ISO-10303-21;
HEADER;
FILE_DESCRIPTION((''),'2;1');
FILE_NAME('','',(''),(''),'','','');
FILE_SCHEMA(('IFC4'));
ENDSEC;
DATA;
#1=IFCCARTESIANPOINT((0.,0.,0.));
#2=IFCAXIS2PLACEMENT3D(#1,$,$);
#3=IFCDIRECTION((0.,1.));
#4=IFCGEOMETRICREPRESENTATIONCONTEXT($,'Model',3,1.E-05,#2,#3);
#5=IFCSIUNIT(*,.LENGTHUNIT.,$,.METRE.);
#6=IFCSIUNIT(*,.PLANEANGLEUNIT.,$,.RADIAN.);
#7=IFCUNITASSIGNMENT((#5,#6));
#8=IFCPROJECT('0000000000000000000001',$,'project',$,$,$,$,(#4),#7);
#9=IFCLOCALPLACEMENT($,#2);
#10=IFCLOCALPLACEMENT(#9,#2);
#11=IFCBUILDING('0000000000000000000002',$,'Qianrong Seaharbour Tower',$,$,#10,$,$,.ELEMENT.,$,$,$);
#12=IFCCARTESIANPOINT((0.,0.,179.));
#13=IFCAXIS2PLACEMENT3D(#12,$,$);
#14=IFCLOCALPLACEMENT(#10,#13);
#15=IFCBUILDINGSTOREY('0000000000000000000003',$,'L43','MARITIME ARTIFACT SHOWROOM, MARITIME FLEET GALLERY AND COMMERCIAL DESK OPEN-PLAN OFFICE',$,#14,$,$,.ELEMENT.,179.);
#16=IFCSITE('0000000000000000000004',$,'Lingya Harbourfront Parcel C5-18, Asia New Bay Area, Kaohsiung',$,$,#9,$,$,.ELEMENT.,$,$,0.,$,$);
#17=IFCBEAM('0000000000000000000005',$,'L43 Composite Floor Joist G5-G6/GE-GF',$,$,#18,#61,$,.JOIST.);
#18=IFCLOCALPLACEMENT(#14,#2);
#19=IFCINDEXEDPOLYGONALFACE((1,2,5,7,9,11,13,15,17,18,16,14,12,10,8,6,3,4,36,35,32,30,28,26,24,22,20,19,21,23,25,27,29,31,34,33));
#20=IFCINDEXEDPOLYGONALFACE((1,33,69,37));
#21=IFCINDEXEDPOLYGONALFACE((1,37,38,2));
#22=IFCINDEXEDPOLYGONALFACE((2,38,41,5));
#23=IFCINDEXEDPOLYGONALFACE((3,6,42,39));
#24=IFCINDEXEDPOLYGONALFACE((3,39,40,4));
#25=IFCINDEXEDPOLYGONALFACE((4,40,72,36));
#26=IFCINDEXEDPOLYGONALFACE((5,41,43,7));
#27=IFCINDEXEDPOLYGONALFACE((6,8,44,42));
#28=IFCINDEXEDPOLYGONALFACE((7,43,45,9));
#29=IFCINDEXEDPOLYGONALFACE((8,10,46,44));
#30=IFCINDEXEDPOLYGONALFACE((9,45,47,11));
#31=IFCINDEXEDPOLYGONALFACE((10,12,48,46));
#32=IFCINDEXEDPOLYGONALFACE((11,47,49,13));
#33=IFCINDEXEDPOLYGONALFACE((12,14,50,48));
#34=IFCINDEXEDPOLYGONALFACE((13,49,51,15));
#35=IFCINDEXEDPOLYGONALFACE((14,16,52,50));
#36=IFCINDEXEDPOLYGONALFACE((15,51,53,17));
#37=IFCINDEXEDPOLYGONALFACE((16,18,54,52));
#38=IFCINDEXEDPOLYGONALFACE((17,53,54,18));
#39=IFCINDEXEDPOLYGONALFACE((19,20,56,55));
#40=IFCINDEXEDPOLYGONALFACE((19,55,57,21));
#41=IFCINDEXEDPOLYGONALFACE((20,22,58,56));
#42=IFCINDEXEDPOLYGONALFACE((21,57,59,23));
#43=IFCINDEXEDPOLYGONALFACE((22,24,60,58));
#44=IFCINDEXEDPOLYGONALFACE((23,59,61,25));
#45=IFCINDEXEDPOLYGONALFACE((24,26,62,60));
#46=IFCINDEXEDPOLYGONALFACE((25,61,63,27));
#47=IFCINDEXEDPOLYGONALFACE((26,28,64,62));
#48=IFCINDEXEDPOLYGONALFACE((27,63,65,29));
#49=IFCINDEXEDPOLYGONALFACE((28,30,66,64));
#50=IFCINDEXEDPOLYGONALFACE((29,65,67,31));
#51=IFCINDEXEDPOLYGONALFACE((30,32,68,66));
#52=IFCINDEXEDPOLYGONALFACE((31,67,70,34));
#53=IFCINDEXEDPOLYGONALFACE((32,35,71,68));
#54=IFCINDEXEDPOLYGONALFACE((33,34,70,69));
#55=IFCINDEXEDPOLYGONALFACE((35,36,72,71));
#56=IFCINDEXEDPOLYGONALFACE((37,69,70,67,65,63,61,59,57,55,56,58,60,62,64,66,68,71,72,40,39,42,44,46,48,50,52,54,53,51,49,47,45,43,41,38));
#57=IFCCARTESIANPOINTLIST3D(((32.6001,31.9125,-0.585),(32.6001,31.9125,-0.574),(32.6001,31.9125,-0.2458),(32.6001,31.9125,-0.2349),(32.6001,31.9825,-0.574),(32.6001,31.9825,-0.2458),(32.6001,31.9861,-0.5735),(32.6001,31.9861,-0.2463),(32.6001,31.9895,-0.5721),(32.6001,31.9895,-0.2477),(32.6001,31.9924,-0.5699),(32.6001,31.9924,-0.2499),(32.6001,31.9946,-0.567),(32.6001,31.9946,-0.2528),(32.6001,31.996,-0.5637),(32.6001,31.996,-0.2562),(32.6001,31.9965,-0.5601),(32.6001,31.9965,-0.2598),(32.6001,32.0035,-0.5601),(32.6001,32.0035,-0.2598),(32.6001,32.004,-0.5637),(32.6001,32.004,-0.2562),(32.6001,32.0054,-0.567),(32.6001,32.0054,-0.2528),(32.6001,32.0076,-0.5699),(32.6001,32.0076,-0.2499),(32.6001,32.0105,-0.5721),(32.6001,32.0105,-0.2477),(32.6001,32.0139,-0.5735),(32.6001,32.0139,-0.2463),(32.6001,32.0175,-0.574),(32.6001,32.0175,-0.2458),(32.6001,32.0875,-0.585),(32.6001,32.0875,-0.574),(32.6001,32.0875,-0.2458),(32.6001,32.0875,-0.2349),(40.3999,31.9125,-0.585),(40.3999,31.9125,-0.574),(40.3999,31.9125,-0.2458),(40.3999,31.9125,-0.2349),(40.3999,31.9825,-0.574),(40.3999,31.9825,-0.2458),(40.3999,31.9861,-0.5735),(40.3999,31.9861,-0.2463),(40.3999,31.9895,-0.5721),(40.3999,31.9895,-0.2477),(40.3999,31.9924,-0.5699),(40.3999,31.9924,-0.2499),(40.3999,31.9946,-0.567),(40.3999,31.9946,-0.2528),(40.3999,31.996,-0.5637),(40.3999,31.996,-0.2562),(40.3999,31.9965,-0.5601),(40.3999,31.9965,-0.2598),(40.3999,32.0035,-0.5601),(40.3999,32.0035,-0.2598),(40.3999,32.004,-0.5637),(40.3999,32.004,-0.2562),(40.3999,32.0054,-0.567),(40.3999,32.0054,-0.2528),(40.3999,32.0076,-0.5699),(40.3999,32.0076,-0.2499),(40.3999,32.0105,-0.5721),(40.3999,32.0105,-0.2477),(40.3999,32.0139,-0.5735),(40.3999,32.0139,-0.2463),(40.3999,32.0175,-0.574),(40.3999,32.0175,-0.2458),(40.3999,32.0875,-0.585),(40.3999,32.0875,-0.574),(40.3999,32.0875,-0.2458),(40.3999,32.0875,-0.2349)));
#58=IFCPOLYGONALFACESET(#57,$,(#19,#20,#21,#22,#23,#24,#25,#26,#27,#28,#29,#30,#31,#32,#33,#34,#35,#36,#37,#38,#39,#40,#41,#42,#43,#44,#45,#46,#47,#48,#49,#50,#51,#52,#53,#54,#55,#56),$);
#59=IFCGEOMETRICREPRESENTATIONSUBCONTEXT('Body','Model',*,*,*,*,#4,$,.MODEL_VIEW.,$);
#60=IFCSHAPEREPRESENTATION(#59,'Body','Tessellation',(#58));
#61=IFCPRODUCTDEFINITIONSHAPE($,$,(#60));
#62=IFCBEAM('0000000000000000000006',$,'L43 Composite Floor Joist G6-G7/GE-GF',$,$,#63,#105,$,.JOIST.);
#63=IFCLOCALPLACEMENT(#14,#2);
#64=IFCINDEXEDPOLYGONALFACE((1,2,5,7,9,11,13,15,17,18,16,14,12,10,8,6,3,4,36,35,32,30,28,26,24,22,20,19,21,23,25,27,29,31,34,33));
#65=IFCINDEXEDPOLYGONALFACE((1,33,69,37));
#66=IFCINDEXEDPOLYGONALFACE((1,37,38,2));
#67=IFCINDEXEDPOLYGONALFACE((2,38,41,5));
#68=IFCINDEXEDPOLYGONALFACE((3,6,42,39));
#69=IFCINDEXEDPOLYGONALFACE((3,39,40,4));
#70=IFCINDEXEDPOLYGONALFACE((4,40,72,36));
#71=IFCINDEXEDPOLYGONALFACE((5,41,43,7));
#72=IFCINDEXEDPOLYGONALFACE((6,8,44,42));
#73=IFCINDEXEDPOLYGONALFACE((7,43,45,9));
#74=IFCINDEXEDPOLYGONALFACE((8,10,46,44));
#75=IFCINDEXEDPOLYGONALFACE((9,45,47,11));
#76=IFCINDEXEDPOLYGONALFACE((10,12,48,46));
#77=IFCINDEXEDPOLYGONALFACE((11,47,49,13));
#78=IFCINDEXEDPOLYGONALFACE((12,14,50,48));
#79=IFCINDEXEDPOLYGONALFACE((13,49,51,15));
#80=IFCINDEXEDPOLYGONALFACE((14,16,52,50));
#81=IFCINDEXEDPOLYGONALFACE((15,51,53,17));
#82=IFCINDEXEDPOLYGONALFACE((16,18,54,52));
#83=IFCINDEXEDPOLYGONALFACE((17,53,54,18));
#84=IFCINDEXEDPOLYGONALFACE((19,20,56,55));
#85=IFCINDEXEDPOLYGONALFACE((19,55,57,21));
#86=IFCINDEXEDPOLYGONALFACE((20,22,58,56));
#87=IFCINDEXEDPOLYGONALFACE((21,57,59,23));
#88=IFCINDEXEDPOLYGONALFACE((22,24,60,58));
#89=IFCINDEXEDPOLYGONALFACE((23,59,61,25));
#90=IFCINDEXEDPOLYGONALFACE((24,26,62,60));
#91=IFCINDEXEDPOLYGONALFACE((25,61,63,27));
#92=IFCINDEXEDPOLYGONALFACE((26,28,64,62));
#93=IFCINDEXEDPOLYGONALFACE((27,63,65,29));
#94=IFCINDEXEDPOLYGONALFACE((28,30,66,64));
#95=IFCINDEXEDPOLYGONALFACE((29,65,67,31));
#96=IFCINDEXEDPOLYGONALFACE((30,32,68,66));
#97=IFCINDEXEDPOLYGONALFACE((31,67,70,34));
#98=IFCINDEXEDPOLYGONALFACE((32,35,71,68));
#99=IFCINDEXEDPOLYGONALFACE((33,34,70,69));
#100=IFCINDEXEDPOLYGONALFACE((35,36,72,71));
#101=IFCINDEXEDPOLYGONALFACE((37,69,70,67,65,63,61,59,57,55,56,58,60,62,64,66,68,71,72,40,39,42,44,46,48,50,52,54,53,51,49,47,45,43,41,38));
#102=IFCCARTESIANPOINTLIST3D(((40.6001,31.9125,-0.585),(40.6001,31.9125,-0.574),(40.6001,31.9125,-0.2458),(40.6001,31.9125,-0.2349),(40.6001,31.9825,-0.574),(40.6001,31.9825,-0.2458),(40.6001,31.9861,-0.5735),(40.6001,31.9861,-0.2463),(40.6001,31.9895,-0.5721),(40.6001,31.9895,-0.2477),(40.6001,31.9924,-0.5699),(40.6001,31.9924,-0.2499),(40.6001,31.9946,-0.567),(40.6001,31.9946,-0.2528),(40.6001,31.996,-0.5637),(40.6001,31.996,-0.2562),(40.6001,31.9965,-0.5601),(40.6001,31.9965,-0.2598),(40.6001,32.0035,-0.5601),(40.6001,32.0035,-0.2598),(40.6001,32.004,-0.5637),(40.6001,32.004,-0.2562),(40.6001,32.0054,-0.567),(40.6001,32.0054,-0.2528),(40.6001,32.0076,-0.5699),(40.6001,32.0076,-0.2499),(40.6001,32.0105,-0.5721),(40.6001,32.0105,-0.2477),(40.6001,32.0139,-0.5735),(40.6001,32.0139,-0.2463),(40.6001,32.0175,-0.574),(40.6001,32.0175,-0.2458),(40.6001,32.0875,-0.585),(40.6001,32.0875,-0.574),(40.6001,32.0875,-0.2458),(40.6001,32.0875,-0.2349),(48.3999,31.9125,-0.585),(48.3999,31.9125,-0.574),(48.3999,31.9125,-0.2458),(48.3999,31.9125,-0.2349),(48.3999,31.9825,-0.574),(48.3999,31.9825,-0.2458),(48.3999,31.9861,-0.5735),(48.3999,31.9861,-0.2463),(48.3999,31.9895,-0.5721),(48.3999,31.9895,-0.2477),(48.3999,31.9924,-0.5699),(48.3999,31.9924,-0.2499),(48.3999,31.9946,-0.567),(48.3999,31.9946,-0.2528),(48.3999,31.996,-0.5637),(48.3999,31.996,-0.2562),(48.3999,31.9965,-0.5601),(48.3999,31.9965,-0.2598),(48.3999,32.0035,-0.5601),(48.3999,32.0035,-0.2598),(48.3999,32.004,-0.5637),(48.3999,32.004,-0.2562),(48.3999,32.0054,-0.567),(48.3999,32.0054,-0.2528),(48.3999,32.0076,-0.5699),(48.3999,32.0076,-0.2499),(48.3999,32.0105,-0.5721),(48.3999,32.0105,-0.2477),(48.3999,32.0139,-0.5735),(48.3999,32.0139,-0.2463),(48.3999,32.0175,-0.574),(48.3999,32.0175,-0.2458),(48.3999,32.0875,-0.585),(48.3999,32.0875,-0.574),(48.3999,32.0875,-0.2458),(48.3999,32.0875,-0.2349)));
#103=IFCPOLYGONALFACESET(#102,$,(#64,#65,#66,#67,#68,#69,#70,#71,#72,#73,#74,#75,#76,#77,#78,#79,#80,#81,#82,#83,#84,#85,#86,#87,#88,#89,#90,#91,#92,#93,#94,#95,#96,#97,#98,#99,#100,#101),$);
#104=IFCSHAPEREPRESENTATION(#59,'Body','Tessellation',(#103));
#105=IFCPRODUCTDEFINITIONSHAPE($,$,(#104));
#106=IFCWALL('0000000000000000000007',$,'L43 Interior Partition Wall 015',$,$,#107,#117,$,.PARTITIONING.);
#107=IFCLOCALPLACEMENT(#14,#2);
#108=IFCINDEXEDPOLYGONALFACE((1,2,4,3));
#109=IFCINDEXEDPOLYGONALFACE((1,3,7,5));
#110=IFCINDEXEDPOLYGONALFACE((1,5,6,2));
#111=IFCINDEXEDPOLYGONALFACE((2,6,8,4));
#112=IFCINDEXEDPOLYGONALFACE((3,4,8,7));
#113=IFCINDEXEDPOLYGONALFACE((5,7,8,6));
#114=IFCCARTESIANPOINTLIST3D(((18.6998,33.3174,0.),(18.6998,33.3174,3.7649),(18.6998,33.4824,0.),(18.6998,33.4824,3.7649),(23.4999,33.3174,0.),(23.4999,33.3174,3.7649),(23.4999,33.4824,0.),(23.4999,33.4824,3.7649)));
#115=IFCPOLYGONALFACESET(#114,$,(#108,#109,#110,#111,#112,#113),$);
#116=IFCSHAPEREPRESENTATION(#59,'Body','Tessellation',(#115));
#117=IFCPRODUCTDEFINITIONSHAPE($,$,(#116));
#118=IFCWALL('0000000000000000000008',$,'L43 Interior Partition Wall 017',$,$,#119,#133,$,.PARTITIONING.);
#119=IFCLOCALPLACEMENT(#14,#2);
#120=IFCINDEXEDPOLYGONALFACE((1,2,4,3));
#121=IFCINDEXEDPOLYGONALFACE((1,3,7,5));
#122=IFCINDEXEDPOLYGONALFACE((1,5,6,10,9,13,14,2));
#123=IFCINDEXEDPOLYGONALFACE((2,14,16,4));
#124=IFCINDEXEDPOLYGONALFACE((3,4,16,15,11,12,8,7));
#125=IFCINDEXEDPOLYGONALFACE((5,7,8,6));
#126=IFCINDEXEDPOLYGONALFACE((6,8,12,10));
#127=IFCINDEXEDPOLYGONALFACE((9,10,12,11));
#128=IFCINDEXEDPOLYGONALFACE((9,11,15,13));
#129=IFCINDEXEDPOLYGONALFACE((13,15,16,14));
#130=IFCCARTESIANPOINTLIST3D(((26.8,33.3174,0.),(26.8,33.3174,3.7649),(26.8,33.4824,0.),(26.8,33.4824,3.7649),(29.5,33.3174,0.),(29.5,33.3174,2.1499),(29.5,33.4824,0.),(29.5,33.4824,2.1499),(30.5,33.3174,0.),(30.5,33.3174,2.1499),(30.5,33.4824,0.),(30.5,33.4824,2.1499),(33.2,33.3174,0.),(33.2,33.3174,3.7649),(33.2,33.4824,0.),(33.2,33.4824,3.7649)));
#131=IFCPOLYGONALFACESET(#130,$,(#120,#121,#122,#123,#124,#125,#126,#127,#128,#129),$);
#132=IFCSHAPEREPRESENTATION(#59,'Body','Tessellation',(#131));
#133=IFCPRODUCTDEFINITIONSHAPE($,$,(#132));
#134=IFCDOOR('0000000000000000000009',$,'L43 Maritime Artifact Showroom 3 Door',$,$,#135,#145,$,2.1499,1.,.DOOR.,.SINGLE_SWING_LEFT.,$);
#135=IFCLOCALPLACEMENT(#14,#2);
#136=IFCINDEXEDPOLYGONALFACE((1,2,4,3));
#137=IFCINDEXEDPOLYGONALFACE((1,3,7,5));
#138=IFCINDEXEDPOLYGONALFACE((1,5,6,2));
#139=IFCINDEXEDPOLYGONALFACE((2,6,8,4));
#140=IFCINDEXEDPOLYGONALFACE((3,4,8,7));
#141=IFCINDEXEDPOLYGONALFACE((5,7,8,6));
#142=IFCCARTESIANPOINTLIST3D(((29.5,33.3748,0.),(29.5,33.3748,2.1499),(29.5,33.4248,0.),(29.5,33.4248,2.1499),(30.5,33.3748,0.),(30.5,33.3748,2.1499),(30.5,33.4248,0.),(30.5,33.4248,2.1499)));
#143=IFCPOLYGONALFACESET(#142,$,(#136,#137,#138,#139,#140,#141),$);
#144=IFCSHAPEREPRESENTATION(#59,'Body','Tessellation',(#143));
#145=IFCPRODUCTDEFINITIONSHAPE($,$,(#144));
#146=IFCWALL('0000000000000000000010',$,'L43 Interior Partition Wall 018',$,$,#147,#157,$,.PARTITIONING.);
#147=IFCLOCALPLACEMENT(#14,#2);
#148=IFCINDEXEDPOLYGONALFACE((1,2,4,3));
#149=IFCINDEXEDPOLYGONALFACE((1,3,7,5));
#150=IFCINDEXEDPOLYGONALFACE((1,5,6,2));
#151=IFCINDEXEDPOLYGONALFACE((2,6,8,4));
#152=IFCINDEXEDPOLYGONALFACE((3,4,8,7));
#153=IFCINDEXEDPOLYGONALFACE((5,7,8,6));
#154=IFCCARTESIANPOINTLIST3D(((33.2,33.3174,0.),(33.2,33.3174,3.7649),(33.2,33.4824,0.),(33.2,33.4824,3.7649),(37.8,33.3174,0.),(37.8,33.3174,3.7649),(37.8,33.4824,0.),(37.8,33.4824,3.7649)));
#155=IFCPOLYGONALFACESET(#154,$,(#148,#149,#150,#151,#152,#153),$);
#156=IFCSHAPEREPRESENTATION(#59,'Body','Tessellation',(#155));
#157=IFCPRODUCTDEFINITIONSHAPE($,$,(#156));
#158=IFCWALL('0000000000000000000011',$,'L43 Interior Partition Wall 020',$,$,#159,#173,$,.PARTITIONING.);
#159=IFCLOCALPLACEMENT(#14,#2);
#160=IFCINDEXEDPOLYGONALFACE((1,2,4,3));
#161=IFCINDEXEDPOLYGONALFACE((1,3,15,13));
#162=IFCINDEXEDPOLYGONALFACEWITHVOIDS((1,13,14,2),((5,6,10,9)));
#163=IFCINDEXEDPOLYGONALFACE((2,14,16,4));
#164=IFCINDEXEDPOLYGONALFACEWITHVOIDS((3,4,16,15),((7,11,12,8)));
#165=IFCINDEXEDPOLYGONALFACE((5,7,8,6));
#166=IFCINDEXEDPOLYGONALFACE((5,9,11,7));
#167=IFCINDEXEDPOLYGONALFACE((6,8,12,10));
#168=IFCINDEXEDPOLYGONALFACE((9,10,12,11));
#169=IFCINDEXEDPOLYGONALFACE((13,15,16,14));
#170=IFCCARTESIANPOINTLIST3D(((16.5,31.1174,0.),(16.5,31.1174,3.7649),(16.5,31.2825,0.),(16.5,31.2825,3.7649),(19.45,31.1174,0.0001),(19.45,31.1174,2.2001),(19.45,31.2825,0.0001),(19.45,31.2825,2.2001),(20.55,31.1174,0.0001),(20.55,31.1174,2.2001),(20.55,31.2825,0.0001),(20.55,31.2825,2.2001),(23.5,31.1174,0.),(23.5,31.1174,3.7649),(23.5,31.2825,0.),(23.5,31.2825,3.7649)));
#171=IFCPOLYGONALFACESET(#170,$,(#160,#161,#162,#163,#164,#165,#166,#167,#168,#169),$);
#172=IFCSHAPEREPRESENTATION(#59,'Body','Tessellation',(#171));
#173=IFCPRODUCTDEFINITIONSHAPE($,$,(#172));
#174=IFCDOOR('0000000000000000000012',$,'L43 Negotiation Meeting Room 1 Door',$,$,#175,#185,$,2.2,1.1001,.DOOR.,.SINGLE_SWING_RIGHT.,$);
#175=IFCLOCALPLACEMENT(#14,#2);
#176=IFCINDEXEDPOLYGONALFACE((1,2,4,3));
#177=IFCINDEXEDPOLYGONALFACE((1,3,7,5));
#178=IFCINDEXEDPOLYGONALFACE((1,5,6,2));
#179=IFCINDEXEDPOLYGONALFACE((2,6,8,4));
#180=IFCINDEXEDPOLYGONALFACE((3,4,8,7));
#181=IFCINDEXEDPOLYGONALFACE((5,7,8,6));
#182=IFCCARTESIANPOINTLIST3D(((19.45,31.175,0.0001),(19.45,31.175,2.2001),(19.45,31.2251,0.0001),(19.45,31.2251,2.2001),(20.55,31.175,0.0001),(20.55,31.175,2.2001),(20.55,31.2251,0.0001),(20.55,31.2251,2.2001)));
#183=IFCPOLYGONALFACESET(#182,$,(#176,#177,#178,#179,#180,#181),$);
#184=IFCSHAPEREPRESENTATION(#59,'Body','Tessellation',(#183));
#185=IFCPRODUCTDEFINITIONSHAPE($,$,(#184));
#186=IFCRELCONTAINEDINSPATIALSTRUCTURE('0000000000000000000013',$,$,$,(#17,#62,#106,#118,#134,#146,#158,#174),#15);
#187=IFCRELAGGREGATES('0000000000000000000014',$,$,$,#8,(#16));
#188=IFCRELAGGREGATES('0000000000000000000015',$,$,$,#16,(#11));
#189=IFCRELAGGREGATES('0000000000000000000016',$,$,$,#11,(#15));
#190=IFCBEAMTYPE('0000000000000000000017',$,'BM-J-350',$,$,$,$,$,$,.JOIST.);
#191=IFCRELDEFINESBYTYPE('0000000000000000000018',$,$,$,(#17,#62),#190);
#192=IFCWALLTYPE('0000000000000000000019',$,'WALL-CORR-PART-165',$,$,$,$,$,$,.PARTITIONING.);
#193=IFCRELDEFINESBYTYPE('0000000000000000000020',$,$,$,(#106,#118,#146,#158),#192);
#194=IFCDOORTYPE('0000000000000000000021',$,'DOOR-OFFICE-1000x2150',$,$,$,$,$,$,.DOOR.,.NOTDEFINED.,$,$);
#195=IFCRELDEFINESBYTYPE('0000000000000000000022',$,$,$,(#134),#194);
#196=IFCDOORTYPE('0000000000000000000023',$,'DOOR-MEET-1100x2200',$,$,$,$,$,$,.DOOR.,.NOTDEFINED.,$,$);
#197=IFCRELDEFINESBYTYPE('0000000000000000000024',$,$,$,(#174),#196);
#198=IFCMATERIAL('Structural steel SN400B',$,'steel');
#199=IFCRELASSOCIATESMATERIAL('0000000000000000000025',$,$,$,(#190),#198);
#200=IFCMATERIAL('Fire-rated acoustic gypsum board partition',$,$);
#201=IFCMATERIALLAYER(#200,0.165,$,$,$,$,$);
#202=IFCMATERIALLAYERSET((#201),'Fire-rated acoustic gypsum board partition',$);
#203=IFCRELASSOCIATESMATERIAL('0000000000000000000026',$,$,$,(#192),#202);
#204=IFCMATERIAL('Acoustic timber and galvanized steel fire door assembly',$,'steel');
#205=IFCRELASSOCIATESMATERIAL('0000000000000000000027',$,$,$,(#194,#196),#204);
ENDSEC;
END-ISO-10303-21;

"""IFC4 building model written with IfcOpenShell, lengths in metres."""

from ifc_helpers import new_model, si_unit, direction, frame, frame_2d, origin, origin_2d, place, context, subcontext, project, spatial, rectangle, i_section, extrude, material, layer, layer_set, material_profile, profile_set, type_object, element, fill, save


model = new_model("IFC4")

# Units and contexts
model_context = context("Model", 3, precision=1e-05, world=origin(), true_north=direction((0.0, 1.0)))
body_context = subcontext(model_context, "Body", "Model", "MODEL_VIEW")
ifc_project = project(units=[si_unit("LENGTHUNIT", "METRE"), si_unit("PLANEANGLEUNIT", "RADIAN")], contexts=[model_context])

# Site, building, storey
site_placement = place(None, origin())
site = spatial("IfcSite", under=ifc_project, at=site_placement, Name="Lingya Harbourfront Parcel C5-18, Asia New Bay Area, Kaohsiung", CompositionType="ELEMENT", RefElevation=0.0)
building_placement = place(site_placement, origin())
building = spatial("IfcBuilding", under=site, at=building_placement, Name="Qianrong Seaharbour Tower", CompositionType="ELEMENT")
storey_placement = place(building_placement, frame((0.0, 0.0, 179.0)))
storey = spatial("IfcBuildingStorey", under=building, at=storey_placement, Name="L43", Description="MARITIME ARTIFACT SHOWROOM, MARITIME FLEET GALLERY AND COMMERCIAL DESK OPEN-PLAN OFFICE", CompositionType="ELEMENT", Elevation=179.0)

# Beams
ifc_material_1 = material(Name="Structural steel SN400B", Category="steel")
ifc_material_profile_1 = material_profile(ifc_material_1, i_section(OverallWidth=0.175, OverallDepth=0.3501, WebThickness=0.0071, FlangeThickness=0.011, FilletRadius=0.0139, at=origin_2d()), Name="H350x175x7x11")
ifc_profile_set_1 = profile_set([ifc_material_profile_1], Name="Structural steel SN400B")
beam_type_1 = type_object("IfcBeamType", Name="BM-J-350", PredefinedType="JOIST", material=ifc_profile_set_1)
for number, where, z_axis, x_axis, name in (
    (1, (32.6001, 32.0, -0.4099), (1.0, 0.0, 0.0), (0.0, 1.0, 0.0), "L43 Composite Floor Joist G5-G6/GE-GF"),
    (2, (40.6001, 32.0, -0.4099), (1.0, 0.0, 0.0), (0.0, 1.0, 0.0), "L43 Composite Floor Joist G6-G7/GE-GF"),
):
    element("IfcBeam", number, at=place(storey_placement, frame(where, z_axis=z_axis, x_axis=x_axis)), inside=storey, type_object=beam_type_1, Name=name, PredefinedType="JOIST", context=body_context, shape_type="SweptSolid", body=[
        extrude(i_section(OverallWidth=0.175, OverallDepth=0.3501, WebThickness=0.0071, FlangeThickness=0.011, FilletRadius=0.0139, at=origin_2d()), origin(), (0.0, 0.0, 1.0), 7.7998),
    ])

# Wall
ifc_material_2 = material(Name="Fire-rated acoustic gypsum board partition")
ifc_layer_1 = layer(ifc_material_2, 0.165)
ifc_layer_set_1 = layer_set([ifc_layer_1], Name="Fire-rated acoustic gypsum board partition")
wall_type_1 = type_object("IfcWallType", Name="WALL-CORR-PART-165", PredefinedType="PARTITIONING", material=ifc_layer_set_1)
wall_1_placement = place(storey_placement, frame((18.7, 33.3999, 0.0), z_axis=(0.0, 0.0, 1.0), x_axis=(1.0, 0.0, 0.0)))
element("IfcWall", 3, at=wall_1_placement, inside=storey, type_object=wall_type_1, Name="L43 Interior Partition Wall 015", PredefinedType="PARTITIONING", context=body_context, shape_type="SweptSolid", body=[
    extrude(rectangle(XDim=4.8, YDim=0.165, at=frame_2d((2.3999, 0.0))), origin(), (0.0, 0.0, 1.0), 3.7649),
])

# Wall, opening, door
ifc_material_3 = material(Name="Acoustic timber and galvanized steel fire door assembly", Category="steel")
door_type_1 = type_object("IfcDoorType", Name="DOOR-OFFICE-1000x2150", OperationType="NOTDEFINED", PredefinedType="DOOR", material=ifc_material_3)
wall_2_placement = place(storey_placement, frame((26.8, 33.3999, 0.0), z_axis=(0.0, 0.0, 1.0), x_axis=(1.0, 0.0, 0.0)))
wall_2 = element("IfcWall", 4, at=wall_2_placement, inside=storey, type_object=wall_type_1, Name="L43 Interior Partition Wall 017", PredefinedType="PARTITIONING", context=body_context, shape_type="SweptSolid", body=[
    extrude(rectangle(XDim=6.3999, YDim=0.165, at=frame_2d((3.2, 0.0))), origin(), (0.0, 0.0, 1.0), 3.7649),
])
opening_1_placement = place(wall_2_placement, frame((2.7, 0.0, 0.0)))
opening_1 = element("IfcOpeningElement", 5, at=opening_1_placement, cuts=wall_2, PredefinedType="OPENING", context=body_context, shape_type="SweptSolid", body=[
    extrude(rectangle(XDim=1.0, YDim=2.1499, at=frame_2d((0.5, 1.075))), frame((0.0, 0.0925, 0.0), z_axis=(0.0, -1.0, 0.0), x_axis=(1.0, 0.0, 0.0)), (0.0, 0.0, 1.0), 0.1851),
])
door_1_placement = place(opening_1_placement, origin())
door_1 = element("IfcDoor", 6, at=door_1_placement, inside=storey, type_object=door_type_1, Name="L43 Maritime Artifact Showroom 3 Door", OperationType="SINGLE_SWING_LEFT", OverallHeight=2.1499, OverallWidth=1.0, PredefinedType="DOOR", context=body_context, shape_type="SweptSolid", body=[
    extrude(rectangle(XDim=1.0, YDim=2.1499, at=frame_2d((0.5, 1.075))), frame((0.0, 0.0249, 0.0), z_axis=(0.0, -1.0, 0.0), x_axis=(1.0, 0.0, 0.0)), (0.0, 0.0, 1.0), 0.05),
])
fill(opening_1, door_1)

# Wall
wall_3_placement = place(storey_placement, frame((33.2, 33.3999, 0.0), z_axis=(0.0, 0.0, 1.0), x_axis=(1.0, 0.0, 0.0)))
element("IfcWall", 7, at=wall_3_placement, inside=storey, type_object=wall_type_1, Name="L43 Interior Partition Wall 018", PredefinedType="PARTITIONING", context=body_context, shape_type="SweptSolid", body=[
    extrude(rectangle(XDim=4.6001, YDim=0.165, at=frame_2d((2.3, 0.0))), origin(), (0.0, 0.0, 1.0), 3.7649),
])

# Wall, opening, door
wall_4_placement = place(storey_placement, frame((23.5, 31.2, 0.0), z_axis=(0.0, 0.0, 1.0), x_axis=(-1.0, 0.0, 0.0)))
wall_4 = element("IfcWall", 8, at=wall_4_placement, inside=storey, type_object=wall_type_1, Name="L43 Interior Partition Wall 020", PredefinedType="PARTITIONING", context=body_context, shape_type="SweptSolid", body=[
    extrude(rectangle(XDim=7.0, YDim=0.165, at=frame_2d((3.5, 0.0))), origin(), (0.0, 0.0, 1.0), 3.7649),
])
opening_2_placement = place(wall_4_placement, frame((2.95, 0.0, 0.0)))
opening_2 = element("IfcOpeningElement", 9, at=opening_2_placement, cuts=wall_4, PredefinedType="OPENING", context=body_context, shape_type="SweptSolid", body=[
    extrude(rectangle(XDim=1.1001, YDim=2.2, at=frame_2d((0.55, 1.1001))), frame((0.0, 0.0925, 0.0), z_axis=(0.0, -1.0, 0.0), x_axis=(1.0, 0.0, 0.0)), (0.0, 0.0, 1.0), 0.1851),
])
door_type_2 = type_object("IfcDoorType", Name="DOOR-MEET-1100x2200", OperationType="NOTDEFINED", PredefinedType="DOOR", material=ifc_material_3)
door_2_placement = place(opening_2_placement, origin())
door_2 = element("IfcDoor", 10, at=door_2_placement, inside=storey, type_object=door_type_2, Name="L43 Negotiation Meeting Room 1 Door", OperationType="SINGLE_SWING_RIGHT", OverallHeight=2.2, OverallWidth=1.1001, PredefinedType="DOOR", context=body_context, shape_type="SweptSolid", body=[
    extrude(rectangle(XDim=1.1001, YDim=2.2, at=frame_2d((0.55, 1.1001))), frame((0.0, 0.0249, 0.0), z_axis=(0.0, -1.0, 0.0), x_axis=(1.0, 0.0, 0.0)), (0.0, 0.0, 1.0), 0.05),
])
fill(opening_2, door_2)

save(model, "model.ifc")
